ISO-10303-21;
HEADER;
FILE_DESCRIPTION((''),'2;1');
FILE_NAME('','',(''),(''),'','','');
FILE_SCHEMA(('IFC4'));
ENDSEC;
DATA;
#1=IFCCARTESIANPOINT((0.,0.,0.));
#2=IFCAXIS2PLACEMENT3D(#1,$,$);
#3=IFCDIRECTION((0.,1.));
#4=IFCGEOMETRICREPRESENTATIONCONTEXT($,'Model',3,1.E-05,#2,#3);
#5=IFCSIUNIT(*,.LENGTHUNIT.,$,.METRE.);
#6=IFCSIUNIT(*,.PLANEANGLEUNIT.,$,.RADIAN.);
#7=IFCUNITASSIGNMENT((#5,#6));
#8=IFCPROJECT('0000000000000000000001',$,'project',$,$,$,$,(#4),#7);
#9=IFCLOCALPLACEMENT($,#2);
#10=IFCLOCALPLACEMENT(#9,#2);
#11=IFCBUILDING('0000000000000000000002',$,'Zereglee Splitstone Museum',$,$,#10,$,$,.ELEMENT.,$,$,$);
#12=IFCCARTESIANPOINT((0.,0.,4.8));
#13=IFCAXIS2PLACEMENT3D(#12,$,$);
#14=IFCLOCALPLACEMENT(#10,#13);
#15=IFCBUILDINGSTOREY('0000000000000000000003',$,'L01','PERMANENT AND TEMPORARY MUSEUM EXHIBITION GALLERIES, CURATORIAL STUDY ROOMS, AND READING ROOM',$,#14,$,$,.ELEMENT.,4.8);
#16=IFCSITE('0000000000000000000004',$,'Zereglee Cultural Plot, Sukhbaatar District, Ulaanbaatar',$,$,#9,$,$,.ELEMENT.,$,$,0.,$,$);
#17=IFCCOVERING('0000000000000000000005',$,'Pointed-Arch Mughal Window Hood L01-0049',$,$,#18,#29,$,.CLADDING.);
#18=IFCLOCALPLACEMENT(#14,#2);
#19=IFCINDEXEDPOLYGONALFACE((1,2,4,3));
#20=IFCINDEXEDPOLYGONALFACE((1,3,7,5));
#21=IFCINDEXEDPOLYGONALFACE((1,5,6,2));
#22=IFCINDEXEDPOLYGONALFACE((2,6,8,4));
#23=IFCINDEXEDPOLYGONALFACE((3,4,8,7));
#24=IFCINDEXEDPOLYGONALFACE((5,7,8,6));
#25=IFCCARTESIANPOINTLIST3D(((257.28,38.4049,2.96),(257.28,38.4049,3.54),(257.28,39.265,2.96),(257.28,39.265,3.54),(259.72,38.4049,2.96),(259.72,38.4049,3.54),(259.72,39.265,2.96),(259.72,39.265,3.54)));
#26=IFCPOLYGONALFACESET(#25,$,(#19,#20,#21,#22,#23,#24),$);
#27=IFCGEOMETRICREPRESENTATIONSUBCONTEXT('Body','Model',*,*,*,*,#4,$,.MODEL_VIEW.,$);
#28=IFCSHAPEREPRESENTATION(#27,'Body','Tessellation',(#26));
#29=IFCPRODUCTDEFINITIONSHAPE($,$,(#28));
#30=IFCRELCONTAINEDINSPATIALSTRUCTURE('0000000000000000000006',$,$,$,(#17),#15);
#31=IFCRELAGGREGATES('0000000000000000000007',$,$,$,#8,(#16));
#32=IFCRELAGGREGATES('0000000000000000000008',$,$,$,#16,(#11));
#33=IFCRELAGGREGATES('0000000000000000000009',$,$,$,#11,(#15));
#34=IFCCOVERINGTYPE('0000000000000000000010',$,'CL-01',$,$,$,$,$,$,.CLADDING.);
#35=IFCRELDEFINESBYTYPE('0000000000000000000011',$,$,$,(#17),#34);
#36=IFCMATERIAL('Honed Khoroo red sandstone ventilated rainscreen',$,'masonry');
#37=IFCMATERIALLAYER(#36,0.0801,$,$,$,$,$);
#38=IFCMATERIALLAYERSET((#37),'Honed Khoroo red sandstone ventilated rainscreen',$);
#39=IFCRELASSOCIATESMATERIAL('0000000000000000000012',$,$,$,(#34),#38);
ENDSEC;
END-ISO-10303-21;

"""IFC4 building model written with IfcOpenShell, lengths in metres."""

from ifc_helpers import new_model, si_unit, direction, frame, origin, origin_2d, place, context, subcontext, project, spatial, rectangle, extrude, material, layer, layer_set, type_object, element, save


model = new_model("IFC4")

# Units and contexts
model_context = context("Model", 3, precision=1e-05, world=origin(), true_north=direction((0.0, 1.0)))
body_context = subcontext(model_context, "Body", "Model", "MODEL_VIEW")
ifc_project = project(units=[si_unit("LENGTHUNIT", "METRE"), si_unit("PLANEANGLEUNIT", "RADIAN")], contexts=[model_context])

# Site, building, storey
site_placement = place(None, origin())
site = spatial("IfcSite", under=ifc_project, at=site_placement, Name="Zereglee Cultural Plot, Sukhbaatar District, Ulaanbaatar", CompositionType="ELEMENT", RefElevation=0.0)
building_placement = place(site_placement, origin())
building = spatial("IfcBuilding", under=site, at=building_placement, Name="Zereglee Splitstone Museum", CompositionType="ELEMENT")
storey_placement = place(building_placement, frame((0.0, 0.0, 4.8)))
storey = spatial("IfcBuildingStorey", under=building, at=storey_placement, Name="L01", Description="PERMANENT AND TEMPORARY MUSEUM EXHIBITION GALLERIES, CURATORIAL STUDY ROOMS, AND READING ROOM", CompositionType="ELEMENT", Elevation=4.8)

# Covering
ifc_material_1 = material(Name="Honed Khoroo red sandstone ventilated rainscreen", Category="masonry")
ifc_layer_1 = layer(ifc_material_1, 0.0801)
ifc_layer_set_1 = layer_set([ifc_layer_1], Name="Honed Khoroo red sandstone ventilated rainscreen")
covering_type_1 = type_object("IfcCoveringType", Name="CL-01", PredefinedType="CLADDING", material=ifc_layer_set_1)
for number, where, z_axis, x_axis, name in (
    (1, (258.5, 38.835, 2.96), (0.0, 0.0, 1.0), (-1.0, 0.0, 0.0), "Pointed-Arch Mughal Window Hood L01-0049"),
):
    element("IfcCovering", number, at=place(storey_placement, frame(where, z_axis=z_axis, x_axis=x_axis)), inside=storey, type_object=covering_type_1, Name=name, PredefinedType="CLADDING", context=body_context, shape_type="SweptSolid", body=[
        extrude(rectangle(XDim=2.4399, YDim=0.8601, at=origin_2d()), origin(), (0.0, 0.0, 1.0), 0.5801),
    ])

save(model, "model.ifc")
